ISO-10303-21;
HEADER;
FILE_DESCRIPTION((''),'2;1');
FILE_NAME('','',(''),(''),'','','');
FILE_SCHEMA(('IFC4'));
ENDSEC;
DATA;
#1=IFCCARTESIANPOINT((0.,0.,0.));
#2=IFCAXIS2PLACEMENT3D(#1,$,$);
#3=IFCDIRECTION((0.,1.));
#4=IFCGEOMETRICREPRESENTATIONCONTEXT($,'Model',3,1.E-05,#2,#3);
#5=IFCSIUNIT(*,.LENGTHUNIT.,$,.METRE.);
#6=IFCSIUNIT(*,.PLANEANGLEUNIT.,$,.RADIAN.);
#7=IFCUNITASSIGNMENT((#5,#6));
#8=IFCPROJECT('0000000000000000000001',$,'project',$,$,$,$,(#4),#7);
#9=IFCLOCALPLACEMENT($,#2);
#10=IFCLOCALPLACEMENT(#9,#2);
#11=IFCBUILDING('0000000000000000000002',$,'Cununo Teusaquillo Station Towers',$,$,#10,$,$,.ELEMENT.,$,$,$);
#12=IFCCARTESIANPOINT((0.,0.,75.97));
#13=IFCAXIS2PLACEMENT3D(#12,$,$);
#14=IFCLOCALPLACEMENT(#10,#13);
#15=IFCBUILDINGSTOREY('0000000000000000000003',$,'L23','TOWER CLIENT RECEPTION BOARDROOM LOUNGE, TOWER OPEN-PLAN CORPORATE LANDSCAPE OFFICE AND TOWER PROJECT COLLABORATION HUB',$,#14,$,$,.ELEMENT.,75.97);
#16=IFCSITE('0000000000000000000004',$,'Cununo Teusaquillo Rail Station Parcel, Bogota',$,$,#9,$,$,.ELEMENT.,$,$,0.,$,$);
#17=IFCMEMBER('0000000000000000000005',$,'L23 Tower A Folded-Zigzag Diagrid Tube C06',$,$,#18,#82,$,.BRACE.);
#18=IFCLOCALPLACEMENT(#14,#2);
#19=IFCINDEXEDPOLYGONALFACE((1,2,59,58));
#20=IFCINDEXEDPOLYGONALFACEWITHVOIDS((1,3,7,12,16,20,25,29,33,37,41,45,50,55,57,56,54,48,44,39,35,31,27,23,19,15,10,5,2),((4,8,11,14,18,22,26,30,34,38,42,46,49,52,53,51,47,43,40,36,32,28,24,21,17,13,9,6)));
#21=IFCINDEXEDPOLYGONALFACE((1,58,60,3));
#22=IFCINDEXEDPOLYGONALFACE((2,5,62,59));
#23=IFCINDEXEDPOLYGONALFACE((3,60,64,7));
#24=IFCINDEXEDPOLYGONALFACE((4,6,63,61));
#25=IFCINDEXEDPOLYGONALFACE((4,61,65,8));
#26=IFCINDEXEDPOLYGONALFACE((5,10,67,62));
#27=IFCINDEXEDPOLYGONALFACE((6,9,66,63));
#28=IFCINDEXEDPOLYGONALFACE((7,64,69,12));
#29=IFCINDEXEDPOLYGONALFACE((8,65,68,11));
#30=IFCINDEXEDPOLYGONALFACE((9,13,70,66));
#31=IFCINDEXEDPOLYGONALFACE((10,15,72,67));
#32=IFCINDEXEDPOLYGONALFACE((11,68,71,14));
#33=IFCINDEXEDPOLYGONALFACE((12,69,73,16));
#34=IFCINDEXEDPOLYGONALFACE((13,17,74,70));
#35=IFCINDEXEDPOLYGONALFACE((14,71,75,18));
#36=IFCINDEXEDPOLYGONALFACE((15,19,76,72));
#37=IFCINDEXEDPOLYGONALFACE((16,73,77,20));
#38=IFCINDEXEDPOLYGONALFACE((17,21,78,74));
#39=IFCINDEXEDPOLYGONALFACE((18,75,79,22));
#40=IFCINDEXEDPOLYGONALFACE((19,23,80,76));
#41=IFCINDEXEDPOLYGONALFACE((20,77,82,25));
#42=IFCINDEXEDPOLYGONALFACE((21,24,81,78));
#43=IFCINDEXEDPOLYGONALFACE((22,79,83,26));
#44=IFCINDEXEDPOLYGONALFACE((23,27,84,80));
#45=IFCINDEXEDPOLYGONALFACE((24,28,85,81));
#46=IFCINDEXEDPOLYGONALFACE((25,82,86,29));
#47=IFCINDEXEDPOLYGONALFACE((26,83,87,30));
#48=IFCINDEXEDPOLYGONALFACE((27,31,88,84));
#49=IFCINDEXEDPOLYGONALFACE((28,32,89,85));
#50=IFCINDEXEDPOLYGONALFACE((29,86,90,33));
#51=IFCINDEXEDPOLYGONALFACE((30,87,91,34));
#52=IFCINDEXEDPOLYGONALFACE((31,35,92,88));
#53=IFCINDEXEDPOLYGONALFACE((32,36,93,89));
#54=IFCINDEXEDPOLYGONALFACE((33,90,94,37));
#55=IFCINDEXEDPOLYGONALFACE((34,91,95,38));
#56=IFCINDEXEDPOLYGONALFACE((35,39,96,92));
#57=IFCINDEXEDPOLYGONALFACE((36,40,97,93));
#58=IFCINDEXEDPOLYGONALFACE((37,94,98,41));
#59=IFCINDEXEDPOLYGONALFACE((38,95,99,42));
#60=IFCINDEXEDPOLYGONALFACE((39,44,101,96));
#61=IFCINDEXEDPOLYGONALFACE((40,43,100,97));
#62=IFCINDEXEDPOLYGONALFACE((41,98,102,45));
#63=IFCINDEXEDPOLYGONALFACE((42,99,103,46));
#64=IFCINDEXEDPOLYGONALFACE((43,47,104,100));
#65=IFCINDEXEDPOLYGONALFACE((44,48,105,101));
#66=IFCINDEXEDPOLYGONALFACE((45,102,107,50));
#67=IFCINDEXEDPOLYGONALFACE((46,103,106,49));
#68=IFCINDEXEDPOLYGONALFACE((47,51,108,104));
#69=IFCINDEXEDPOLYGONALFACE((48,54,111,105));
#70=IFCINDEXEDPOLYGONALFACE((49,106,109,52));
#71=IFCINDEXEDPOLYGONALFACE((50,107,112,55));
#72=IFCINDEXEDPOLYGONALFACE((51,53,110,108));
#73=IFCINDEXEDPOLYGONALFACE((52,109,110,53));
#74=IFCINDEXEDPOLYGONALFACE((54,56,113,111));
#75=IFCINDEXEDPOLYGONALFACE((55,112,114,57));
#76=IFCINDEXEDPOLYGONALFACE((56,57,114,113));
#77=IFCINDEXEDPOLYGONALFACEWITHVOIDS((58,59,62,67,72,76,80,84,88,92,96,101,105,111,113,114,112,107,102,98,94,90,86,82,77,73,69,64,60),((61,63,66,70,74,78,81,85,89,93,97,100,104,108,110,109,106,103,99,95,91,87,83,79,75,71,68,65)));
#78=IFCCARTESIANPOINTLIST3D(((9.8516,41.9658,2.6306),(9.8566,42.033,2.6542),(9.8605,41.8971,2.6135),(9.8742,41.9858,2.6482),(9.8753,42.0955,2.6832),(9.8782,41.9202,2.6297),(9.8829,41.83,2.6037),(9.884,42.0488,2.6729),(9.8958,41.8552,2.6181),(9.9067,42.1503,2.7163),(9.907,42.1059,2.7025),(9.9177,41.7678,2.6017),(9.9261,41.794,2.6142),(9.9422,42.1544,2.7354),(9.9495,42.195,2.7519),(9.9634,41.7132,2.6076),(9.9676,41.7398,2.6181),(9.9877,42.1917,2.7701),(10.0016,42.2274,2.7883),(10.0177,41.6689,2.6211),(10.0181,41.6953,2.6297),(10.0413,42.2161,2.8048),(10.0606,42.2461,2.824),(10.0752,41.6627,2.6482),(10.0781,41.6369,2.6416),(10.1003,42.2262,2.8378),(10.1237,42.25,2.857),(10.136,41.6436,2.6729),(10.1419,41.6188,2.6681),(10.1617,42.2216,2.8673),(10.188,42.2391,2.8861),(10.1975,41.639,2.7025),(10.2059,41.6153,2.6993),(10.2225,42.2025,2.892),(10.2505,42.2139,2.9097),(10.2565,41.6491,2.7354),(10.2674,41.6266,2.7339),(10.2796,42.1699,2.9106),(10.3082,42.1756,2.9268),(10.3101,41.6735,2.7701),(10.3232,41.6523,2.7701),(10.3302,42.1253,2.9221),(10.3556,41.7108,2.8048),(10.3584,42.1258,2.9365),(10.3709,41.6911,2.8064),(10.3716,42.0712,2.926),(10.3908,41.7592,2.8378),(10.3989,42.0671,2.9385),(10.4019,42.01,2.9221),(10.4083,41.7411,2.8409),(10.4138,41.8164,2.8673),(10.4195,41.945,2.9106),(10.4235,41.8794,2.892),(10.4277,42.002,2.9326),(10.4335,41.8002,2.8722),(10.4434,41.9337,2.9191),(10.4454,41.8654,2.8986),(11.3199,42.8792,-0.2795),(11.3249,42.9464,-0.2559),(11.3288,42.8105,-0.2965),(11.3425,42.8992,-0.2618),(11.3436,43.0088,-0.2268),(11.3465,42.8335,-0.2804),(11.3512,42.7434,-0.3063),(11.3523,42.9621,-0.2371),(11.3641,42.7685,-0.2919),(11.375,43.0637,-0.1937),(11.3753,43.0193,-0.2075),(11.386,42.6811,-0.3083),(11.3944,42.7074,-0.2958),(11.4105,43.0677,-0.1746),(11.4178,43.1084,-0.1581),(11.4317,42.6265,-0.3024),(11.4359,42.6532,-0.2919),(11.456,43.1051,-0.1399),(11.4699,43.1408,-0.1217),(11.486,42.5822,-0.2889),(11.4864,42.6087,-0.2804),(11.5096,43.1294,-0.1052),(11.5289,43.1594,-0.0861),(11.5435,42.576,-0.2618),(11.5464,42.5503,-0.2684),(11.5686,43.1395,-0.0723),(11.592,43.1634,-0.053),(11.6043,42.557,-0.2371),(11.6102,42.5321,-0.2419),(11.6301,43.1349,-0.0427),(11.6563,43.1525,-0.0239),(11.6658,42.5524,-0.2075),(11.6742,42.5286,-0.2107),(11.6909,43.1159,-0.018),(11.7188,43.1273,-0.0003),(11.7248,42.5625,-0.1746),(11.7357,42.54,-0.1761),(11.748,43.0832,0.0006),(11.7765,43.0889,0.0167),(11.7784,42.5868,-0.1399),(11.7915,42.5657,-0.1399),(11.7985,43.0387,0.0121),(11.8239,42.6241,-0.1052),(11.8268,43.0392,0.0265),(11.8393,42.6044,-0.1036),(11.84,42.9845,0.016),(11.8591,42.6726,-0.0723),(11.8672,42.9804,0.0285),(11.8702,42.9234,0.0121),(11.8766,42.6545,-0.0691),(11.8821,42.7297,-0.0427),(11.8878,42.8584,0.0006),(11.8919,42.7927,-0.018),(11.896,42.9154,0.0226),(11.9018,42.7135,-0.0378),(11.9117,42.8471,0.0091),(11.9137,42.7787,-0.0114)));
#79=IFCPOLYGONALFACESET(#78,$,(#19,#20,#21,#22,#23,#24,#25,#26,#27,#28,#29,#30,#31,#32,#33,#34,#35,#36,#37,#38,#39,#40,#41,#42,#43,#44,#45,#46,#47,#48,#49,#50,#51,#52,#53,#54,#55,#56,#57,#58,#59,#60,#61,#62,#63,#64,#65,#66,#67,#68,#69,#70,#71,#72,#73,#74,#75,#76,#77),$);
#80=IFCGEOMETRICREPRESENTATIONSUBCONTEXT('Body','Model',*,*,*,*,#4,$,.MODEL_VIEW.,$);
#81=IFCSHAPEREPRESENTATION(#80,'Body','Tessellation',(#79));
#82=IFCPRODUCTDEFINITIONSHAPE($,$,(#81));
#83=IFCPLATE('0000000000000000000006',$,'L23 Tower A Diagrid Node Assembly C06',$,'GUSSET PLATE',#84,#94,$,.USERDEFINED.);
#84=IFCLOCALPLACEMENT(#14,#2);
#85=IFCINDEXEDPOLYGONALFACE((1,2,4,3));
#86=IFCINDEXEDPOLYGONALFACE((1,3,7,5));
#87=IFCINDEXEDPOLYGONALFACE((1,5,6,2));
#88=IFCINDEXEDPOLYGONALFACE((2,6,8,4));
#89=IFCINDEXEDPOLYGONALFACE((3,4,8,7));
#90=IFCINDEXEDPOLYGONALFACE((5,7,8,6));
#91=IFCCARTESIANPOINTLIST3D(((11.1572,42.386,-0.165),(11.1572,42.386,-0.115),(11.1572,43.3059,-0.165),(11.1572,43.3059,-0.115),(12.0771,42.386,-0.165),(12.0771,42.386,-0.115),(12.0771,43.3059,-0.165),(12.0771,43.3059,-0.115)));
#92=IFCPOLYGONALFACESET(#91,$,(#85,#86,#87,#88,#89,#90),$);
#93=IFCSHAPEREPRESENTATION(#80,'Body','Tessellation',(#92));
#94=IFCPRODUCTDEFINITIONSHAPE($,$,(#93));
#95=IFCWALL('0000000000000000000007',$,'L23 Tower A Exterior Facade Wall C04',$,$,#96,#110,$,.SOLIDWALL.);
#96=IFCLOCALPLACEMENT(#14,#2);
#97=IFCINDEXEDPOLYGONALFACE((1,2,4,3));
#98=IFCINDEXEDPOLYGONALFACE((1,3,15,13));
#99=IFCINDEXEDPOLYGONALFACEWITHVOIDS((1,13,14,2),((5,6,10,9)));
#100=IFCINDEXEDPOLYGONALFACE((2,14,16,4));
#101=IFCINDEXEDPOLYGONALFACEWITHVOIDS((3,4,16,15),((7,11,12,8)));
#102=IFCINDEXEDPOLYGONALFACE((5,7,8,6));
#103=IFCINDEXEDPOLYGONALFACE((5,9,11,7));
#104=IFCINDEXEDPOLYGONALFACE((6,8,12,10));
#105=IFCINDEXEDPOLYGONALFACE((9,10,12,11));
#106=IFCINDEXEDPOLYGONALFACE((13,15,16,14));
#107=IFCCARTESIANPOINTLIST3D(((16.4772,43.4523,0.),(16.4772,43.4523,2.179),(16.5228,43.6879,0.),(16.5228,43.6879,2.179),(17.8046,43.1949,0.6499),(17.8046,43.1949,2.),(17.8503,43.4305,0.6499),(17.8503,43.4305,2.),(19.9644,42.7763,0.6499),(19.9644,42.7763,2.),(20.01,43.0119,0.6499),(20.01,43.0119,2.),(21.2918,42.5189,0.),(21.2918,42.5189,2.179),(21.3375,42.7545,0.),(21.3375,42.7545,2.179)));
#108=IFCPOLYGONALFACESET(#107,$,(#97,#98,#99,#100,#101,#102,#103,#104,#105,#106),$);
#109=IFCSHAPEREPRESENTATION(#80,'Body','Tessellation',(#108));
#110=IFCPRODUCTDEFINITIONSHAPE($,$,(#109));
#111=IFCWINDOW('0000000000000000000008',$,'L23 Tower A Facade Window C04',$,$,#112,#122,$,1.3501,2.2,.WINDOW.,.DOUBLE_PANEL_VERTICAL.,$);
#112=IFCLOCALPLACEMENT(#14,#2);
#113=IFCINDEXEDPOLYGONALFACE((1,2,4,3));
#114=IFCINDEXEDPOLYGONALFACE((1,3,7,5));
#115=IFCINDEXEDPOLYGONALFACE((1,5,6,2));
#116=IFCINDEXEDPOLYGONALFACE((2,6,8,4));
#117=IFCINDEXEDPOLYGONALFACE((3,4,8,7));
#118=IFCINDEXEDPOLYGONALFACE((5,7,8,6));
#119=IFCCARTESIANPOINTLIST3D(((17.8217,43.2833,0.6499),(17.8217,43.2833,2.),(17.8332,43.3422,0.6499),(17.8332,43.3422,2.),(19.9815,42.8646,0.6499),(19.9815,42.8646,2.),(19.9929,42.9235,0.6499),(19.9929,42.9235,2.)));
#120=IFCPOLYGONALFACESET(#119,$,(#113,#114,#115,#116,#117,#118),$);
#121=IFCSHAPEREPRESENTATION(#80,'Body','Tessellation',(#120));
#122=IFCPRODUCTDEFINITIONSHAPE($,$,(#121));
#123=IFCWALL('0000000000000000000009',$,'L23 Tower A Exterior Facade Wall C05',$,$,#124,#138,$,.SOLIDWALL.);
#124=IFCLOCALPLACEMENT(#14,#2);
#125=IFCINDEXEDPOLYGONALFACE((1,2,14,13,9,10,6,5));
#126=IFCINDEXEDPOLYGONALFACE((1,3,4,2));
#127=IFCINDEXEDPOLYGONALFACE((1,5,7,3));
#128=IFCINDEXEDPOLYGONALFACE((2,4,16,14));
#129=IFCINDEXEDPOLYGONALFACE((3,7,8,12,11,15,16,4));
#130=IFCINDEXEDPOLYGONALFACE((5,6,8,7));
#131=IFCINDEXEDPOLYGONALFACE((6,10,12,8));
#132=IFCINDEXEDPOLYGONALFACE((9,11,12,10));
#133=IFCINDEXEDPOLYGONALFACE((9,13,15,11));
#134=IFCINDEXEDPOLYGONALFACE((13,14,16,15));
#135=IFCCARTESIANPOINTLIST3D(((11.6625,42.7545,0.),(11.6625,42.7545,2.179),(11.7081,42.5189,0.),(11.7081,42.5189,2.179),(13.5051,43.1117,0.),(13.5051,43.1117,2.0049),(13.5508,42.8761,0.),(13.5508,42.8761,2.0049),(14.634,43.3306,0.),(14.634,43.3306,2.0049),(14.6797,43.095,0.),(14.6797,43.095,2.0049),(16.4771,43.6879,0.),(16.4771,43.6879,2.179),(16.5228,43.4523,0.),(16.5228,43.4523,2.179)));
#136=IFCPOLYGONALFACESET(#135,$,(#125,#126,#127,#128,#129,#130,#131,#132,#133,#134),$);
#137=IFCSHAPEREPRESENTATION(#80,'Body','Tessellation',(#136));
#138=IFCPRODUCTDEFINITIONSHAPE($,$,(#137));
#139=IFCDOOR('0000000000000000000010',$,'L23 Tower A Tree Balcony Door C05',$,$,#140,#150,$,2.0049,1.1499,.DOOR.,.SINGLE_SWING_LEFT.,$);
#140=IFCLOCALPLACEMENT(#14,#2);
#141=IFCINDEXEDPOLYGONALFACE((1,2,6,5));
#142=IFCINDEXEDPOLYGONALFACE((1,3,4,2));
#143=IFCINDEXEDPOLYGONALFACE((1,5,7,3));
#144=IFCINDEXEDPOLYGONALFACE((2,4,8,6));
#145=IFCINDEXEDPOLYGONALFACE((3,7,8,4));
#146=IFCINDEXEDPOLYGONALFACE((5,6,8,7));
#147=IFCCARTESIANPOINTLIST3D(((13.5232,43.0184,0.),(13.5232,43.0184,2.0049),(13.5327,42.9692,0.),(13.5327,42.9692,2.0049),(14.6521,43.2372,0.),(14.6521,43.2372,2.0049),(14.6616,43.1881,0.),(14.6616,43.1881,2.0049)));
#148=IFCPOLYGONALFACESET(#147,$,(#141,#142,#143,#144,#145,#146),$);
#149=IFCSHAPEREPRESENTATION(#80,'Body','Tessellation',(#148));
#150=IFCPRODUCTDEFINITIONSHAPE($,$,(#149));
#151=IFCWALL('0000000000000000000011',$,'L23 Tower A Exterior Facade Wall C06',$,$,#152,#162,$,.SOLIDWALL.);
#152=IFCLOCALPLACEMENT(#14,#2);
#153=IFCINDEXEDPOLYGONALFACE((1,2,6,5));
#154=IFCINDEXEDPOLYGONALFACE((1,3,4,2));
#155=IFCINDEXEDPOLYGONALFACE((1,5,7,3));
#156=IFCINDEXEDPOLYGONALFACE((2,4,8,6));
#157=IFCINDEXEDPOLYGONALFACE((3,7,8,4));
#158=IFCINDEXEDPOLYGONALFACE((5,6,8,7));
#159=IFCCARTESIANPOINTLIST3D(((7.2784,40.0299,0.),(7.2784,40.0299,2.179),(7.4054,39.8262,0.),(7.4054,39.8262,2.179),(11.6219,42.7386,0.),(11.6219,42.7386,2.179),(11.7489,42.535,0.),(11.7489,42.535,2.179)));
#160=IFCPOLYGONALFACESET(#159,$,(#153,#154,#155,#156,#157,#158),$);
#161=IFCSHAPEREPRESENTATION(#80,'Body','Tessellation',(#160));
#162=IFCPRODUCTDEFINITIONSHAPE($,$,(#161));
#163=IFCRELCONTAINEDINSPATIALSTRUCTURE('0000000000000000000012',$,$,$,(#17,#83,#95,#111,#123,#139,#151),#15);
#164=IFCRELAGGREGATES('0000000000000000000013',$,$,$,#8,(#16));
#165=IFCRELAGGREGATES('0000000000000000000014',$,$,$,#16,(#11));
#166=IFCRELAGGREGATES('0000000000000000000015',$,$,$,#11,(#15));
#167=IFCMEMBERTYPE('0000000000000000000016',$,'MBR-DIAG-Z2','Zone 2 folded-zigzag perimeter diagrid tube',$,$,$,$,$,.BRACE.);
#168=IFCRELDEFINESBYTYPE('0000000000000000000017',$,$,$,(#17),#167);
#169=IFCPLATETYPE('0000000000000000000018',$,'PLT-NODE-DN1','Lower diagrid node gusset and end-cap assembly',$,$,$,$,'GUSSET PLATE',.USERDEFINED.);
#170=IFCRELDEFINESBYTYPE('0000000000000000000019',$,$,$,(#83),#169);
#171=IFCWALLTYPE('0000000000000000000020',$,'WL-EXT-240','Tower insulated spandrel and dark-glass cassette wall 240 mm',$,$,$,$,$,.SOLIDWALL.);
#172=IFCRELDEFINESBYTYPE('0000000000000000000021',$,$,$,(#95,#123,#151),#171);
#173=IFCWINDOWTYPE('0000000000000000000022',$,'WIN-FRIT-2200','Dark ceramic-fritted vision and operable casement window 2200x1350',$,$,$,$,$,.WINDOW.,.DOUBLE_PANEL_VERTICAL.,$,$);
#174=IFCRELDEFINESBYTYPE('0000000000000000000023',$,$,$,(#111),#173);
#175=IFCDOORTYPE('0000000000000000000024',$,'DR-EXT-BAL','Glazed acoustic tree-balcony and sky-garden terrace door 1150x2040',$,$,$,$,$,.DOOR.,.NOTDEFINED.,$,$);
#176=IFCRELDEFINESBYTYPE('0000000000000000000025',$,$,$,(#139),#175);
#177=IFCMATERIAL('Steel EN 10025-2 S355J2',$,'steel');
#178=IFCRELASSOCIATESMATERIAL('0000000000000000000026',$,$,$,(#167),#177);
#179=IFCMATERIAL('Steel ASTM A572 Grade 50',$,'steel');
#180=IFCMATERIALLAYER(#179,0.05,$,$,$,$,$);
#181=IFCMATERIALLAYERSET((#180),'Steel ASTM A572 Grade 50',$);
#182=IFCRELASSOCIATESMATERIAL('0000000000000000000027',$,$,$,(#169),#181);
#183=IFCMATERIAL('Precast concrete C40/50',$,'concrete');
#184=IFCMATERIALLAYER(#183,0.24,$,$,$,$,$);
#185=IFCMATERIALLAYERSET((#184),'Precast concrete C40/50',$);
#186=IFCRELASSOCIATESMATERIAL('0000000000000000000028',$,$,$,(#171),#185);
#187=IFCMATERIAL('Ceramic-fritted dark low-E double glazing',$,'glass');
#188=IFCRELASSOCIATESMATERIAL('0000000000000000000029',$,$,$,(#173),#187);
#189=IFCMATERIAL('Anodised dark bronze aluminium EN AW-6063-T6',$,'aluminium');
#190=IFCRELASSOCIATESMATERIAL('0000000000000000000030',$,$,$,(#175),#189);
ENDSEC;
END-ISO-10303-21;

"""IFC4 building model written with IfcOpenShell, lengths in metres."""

from ifc_helpers import new_model, si_unit, direction, frame, frame_2d, origin, origin_2d, place, context, subcontext, project, spatial, rectangle, hollow_circle, extrude, source, transform, mapped, material, layer, layer_set, material_profile, profile_set, type_object, element, fill, save


model = new_model("IFC4")

# Units and contexts
model_context = context("Model", 3, precision=1e-05, world=origin(), true_north=direction((0.0, 1.0)))
body_context = subcontext(model_context, "Body", "Model", "MODEL_VIEW")
ifc_project = project(units=[si_unit("LENGTHUNIT", "METRE"), si_unit("PLANEANGLEUNIT", "RADIAN")], contexts=[model_context])

# Site, building, storey
site_placement = place(None, origin())
site = spatial("IfcSite", under=ifc_project, at=site_placement, Name="Cununo Teusaquillo Rail Station Parcel, Bogota", CompositionType="ELEMENT", RefElevation=0.0)
building_placement = place(site_placement, origin())
building = spatial("IfcBuilding", under=site, at=building_placement, Name="Cununo Teusaquillo Station Towers", CompositionType="ELEMENT")
storey_placement = place(building_placement, frame((0.0, 0.0, 75.97)))
storey = spatial("IfcBuildingStorey", under=building, at=storey_placement, Name="L23", Description="TOWER CLIENT RECEPTION BOARDROOM LOUNGE, TOWER OPEN-PLAN CORPORATE LANDSCAPE OFFICE AND TOWER PROJECT COLLABORATION HUB", CompositionType="ELEMENT", Elevation=75.97)

# Member
ifc_material_1 = material(Name="Steel EN 10025-2 S355J2", Category="steel")
ifc_material_profile_1 = material_profile(ifc_material_1, hollow_circle(Radius=0.3301, WallThickness=0.0249, at=origin_2d()), Name="CHS 660x25")
ifc_profile_set_1 = profile_set([ifc_material_profile_1], Name="Steel EN 10025-2 S355J2")
member_type = type_object("IfcMemberType", Name="MBR-DIAG-Z2", Description="Zone 2 folded-zigzag perimeter diagrid tube", PredefinedType="BRACE", material=ifc_profile_set_1)
member_placement = place(storey_placement, frame((11.6172, 42.8459, -0.1399), z_axis=(-0.433768, -0.269825, 0.859674), x_axis=(0.528196, -0.849123, 0.0)))
element("IfcMember", 1, at=member_placement, inside=storey, type_object=member_type, Name="L23 Tower A Folded-Zigzag Diagrid Tube C06", PredefinedType="BRACE", context=body_context, shape_type="SweptSolid", body=[
    extrude(hollow_circle(Radius=0.3301, WallThickness=0.0249, at=origin_2d()), origin(), (0.0, 0.0, 1.0), 3.385),
])

# Plate
ifc_material_2 = material(Name="Steel ASTM A572 Grade 50", Category="steel")
ifc_layer_1 = layer(ifc_material_2, 0.05)
ifc_layer_set_1 = layer_set([ifc_layer_1], Name="Steel ASTM A572 Grade 50")
plate_type = type_object("IfcPlateType", Name="PLT-NODE-DN1", Description="Lower diagrid node gusset and end-cap assembly", ElementType="GUSSET PLATE", PredefinedType="USERDEFINED", material=ifc_layer_set_1)
shared_shape_1 = source(origin(), body_context, "Body", "SweptSolid", [
    extrude(rectangle(XDim=0.9199, YDim=0.9199, at=origin_2d()), origin(), (0.0, 0.0, 1.0), 0.05),
])
plate_placement = place(storey_placement, frame((11.6172, 42.8459, -0.165), z_axis=(0.0, 0.0, 1.0), x_axis=(1.0, 0.0, 0.0)))
element("IfcPlate", 2, at=plate_placement, inside=storey, type_object=plate_type, Name="L23 Tower A Diagrid Node Assembly C06", ObjectType="GUSSET PLATE", PredefinedType="USERDEFINED", context=body_context, shape_type="MappedRepresentation", body=[
    mapped(shared_shape_1, transform((0.0, 0.0, 0.0), x_axis=(1.0, 0.0, 0.0), y_axis=(0.0, 1.0, 0.0), z_axis=(0.0, 0.0, 1.0), scale=1.0)),
])

# Wall, opening, window
ifc_material_3 = material(Name="Precast concrete C40/50", Category="concrete")
ifc_layer_2 = layer(ifc_material_3, 0.24)
ifc_layer_set_2 = layer_set([ifc_layer_2], Name="Precast concrete C40/50")
wall_type_1 = type_object("IfcWallType", Name="WL-EXT-240", Description="Tower insulated spandrel and dark-glass cassette wall 240 mm", PredefinedType="SOLIDWALL", material=ifc_layer_set_2)
wall_1_placement = place(storey_placement, frame((16.5, 43.5701, 0.0), z_axis=(0.0, 0.0, 1.0), x_axis=(0.981724, -0.190311, 0.0)))
wall_1 = element("IfcWall", 3, at=wall_1_placement, inside=storey, type_object=wall_type_1, Name="L23 Tower A Exterior Facade Wall C04", PredefinedType="SOLIDWALL", context=body_context, shape_type="SweptSolid", body=[
    extrude(rectangle(XDim=4.9043, YDim=0.24, at=frame_2d((2.4521, 0.0))), origin(), (0.0, 0.0, 1.0), 2.179),
])
shared_shape_2 = source(origin(), body_context, "Body", "SweptSolid", [
    extrude(rectangle(XDim=2.2, YDim=1.3501, at=frame_2d((1.1001, 0.675))), frame((0.0, 0.1299, 0.0), z_axis=(0.0, -1.0, 0.0), x_axis=(1.0, 0.0, 0.0)), (0.0, 0.0, 1.0), 0.26),
])
opening_1_placement = place(wall_1_placement, frame((1.3521, 0.0, 0.6499)))
opening_1 = element("IfcOpeningElement", 4, at=opening_1_placement, cuts=wall_1, PredefinedType="OPENING", context=body_context, shape_type="MappedRepresentation", body=[
    mapped(shared_shape_2, transform((0.0, 0.0, 0.0), x_axis=(1.0, 0.0, 0.0), y_axis=(0.0, 1.0, 0.0), z_axis=(0.0, 0.0, 1.0), scale=1.0)),
])
ifc_material_4 = material(Name="Ceramic-fritted dark low-E double glazing", Category="glass")
window_type = type_object("IfcWindowType", Name="WIN-FRIT-2200", Description="Dark ceramic-fritted vision and operable casement window 2200x1350", PartitioningType="DOUBLE_PANEL_VERTICAL", PredefinedType="WINDOW", material=ifc_material_4)
shared_shape_3 = source(origin(), body_context, "Body", "SweptSolid", [
    extrude(rectangle(XDim=2.2, YDim=1.3501, at=frame_2d((1.1001, 0.675))), frame((0.0, 0.03, 0.0), z_axis=(0.0, -1.0, 0.0), x_axis=(1.0, 0.0, 0.0)), (0.0, 0.0, 1.0), 0.0601),
])
window_1_placement = place(opening_1_placement, origin())
window_1 = element("IfcWindow", 5, at=window_1_placement, inside=storey, type_object=window_type, Name="L23 Tower A Facade Window C04", OverallHeight=1.3501, OverallWidth=2.2, PartitioningType="DOUBLE_PANEL_VERTICAL", PredefinedType="WINDOW", context=body_context, shape_type="MappedRepresentation", body=[
    mapped(shared_shape_3, transform((0.0, 0.0, 0.0), x_axis=(1.0, 0.0, 0.0), y_axis=(0.0, 1.0, 0.0), z_axis=(0.0, 0.0, 1.0), scale=1.0)),
])
fill(opening_1, window_1)

# Wall, opening, door
wall_2_placement = place(storey_placement, frame((11.6853, 42.6367, 0.0), z_axis=(0.0, 0.0, 1.0), x_axis=(0.981724, 0.190311, 0.0)))
wall_2 = element("IfcWall", 6, at=wall_2_placement, inside=storey, type_object=wall_type_1, Name="L23 Tower A Exterior Facade Wall C05", PredefinedType="SOLIDWALL", context=body_context, shape_type="SweptSolid", body=[
    extrude(rectangle(XDim=4.9043, YDim=0.24, at=frame_2d((2.4521, 0.0))), origin(), (0.0, 0.0, 1.0), 2.179),
])
shared_shape_4 = source(origin(), body_context, "Body", "SweptSolid", [
    extrude(rectangle(XDim=1.1499, YDim=2.0049, at=frame_2d((0.575, 1.0024))), frame((0.0, 0.1299, 0.0), z_axis=(0.0, -1.0, 0.0), x_axis=(1.0, 0.0, 0.0)), (0.0, 0.0, 1.0), 0.26),
])
opening_2_placement = place(wall_2_placement, frame((1.877, 0.0, 0.0)))
opening_2 = element("IfcOpeningElement", 7, at=opening_2_placement, cuts=wall_2, PredefinedType="OPENING", context=body_context, shape_type="MappedRepresentation", body=[
    mapped(shared_shape_4, transform((0.0, 0.0, 0.0), x_axis=(1.0, 0.0, 0.0), y_axis=(0.0, 1.0, 0.0), z_axis=(0.0, 0.0, 1.0), scale=1.0)),
])
ifc_material_5 = material(Name="Anodised dark bronze aluminium EN AW-6063-T6", Category="aluminium")
door_type_1 = type_object("IfcDoorType", Name="DR-EXT-BAL", Description="Glazed acoustic tree-balcony and sky-garden terrace door 1150x2040", OperationType="NOTDEFINED", PredefinedType="DOOR", material=ifc_material_5)
shared_shape_5 = source(origin(), body_context, "Body", "SweptSolid", [
    extrude(rectangle(XDim=1.1499, YDim=2.0049, at=frame_2d((0.575, 1.0024))), frame((0.0, 0.0249, 0.0), z_axis=(0.0, -1.0, 0.0), x_axis=(1.0, 0.0, 0.0)), (0.0, 0.0, 1.0), 0.05),
])
door_1_placement = place(opening_2_placement, origin())
door_1 = element("IfcDoor", 8, at=door_1_placement, inside=storey, type_object=door_type_1, Name="L23 Tower A Tree Balcony Door C05", OperationType="SINGLE_SWING_LEFT", OverallHeight=2.0049, OverallWidth=1.1499, PredefinedType="DOOR", context=body_context, shape_type="MappedRepresentation", body=[
    mapped(shared_shape_5, transform((0.0, 0.0, 0.0), x_axis=(1.0, 0.0, 0.0), y_axis=(0.0, 1.0, 0.0), z_axis=(0.0, 0.0, 1.0), scale=1.0)),
])
fill(opening_2, door_1)

# Wall
wall_3_placement = place(storey_placement, frame((7.3418, 39.928, 0.0), z_axis=(0.0, 0.0, 1.0), x_axis=(0.84852, 0.529163, 0.0)))
element("IfcWall", 9, at=wall_3_placement, inside=storey, type_object=wall_type_1, Name="L23 Tower A Exterior Facade Wall C06", PredefinedType="SOLIDWALL", context=body_context, shape_type="SweptSolid", body=[
    extrude(rectangle(XDim=5.1189, YDim=0.24, at=frame_2d((2.5596, 0.0))), origin(), (0.0, 0.0, 1.0), 2.179),
])

save(model, "model.ifc")
